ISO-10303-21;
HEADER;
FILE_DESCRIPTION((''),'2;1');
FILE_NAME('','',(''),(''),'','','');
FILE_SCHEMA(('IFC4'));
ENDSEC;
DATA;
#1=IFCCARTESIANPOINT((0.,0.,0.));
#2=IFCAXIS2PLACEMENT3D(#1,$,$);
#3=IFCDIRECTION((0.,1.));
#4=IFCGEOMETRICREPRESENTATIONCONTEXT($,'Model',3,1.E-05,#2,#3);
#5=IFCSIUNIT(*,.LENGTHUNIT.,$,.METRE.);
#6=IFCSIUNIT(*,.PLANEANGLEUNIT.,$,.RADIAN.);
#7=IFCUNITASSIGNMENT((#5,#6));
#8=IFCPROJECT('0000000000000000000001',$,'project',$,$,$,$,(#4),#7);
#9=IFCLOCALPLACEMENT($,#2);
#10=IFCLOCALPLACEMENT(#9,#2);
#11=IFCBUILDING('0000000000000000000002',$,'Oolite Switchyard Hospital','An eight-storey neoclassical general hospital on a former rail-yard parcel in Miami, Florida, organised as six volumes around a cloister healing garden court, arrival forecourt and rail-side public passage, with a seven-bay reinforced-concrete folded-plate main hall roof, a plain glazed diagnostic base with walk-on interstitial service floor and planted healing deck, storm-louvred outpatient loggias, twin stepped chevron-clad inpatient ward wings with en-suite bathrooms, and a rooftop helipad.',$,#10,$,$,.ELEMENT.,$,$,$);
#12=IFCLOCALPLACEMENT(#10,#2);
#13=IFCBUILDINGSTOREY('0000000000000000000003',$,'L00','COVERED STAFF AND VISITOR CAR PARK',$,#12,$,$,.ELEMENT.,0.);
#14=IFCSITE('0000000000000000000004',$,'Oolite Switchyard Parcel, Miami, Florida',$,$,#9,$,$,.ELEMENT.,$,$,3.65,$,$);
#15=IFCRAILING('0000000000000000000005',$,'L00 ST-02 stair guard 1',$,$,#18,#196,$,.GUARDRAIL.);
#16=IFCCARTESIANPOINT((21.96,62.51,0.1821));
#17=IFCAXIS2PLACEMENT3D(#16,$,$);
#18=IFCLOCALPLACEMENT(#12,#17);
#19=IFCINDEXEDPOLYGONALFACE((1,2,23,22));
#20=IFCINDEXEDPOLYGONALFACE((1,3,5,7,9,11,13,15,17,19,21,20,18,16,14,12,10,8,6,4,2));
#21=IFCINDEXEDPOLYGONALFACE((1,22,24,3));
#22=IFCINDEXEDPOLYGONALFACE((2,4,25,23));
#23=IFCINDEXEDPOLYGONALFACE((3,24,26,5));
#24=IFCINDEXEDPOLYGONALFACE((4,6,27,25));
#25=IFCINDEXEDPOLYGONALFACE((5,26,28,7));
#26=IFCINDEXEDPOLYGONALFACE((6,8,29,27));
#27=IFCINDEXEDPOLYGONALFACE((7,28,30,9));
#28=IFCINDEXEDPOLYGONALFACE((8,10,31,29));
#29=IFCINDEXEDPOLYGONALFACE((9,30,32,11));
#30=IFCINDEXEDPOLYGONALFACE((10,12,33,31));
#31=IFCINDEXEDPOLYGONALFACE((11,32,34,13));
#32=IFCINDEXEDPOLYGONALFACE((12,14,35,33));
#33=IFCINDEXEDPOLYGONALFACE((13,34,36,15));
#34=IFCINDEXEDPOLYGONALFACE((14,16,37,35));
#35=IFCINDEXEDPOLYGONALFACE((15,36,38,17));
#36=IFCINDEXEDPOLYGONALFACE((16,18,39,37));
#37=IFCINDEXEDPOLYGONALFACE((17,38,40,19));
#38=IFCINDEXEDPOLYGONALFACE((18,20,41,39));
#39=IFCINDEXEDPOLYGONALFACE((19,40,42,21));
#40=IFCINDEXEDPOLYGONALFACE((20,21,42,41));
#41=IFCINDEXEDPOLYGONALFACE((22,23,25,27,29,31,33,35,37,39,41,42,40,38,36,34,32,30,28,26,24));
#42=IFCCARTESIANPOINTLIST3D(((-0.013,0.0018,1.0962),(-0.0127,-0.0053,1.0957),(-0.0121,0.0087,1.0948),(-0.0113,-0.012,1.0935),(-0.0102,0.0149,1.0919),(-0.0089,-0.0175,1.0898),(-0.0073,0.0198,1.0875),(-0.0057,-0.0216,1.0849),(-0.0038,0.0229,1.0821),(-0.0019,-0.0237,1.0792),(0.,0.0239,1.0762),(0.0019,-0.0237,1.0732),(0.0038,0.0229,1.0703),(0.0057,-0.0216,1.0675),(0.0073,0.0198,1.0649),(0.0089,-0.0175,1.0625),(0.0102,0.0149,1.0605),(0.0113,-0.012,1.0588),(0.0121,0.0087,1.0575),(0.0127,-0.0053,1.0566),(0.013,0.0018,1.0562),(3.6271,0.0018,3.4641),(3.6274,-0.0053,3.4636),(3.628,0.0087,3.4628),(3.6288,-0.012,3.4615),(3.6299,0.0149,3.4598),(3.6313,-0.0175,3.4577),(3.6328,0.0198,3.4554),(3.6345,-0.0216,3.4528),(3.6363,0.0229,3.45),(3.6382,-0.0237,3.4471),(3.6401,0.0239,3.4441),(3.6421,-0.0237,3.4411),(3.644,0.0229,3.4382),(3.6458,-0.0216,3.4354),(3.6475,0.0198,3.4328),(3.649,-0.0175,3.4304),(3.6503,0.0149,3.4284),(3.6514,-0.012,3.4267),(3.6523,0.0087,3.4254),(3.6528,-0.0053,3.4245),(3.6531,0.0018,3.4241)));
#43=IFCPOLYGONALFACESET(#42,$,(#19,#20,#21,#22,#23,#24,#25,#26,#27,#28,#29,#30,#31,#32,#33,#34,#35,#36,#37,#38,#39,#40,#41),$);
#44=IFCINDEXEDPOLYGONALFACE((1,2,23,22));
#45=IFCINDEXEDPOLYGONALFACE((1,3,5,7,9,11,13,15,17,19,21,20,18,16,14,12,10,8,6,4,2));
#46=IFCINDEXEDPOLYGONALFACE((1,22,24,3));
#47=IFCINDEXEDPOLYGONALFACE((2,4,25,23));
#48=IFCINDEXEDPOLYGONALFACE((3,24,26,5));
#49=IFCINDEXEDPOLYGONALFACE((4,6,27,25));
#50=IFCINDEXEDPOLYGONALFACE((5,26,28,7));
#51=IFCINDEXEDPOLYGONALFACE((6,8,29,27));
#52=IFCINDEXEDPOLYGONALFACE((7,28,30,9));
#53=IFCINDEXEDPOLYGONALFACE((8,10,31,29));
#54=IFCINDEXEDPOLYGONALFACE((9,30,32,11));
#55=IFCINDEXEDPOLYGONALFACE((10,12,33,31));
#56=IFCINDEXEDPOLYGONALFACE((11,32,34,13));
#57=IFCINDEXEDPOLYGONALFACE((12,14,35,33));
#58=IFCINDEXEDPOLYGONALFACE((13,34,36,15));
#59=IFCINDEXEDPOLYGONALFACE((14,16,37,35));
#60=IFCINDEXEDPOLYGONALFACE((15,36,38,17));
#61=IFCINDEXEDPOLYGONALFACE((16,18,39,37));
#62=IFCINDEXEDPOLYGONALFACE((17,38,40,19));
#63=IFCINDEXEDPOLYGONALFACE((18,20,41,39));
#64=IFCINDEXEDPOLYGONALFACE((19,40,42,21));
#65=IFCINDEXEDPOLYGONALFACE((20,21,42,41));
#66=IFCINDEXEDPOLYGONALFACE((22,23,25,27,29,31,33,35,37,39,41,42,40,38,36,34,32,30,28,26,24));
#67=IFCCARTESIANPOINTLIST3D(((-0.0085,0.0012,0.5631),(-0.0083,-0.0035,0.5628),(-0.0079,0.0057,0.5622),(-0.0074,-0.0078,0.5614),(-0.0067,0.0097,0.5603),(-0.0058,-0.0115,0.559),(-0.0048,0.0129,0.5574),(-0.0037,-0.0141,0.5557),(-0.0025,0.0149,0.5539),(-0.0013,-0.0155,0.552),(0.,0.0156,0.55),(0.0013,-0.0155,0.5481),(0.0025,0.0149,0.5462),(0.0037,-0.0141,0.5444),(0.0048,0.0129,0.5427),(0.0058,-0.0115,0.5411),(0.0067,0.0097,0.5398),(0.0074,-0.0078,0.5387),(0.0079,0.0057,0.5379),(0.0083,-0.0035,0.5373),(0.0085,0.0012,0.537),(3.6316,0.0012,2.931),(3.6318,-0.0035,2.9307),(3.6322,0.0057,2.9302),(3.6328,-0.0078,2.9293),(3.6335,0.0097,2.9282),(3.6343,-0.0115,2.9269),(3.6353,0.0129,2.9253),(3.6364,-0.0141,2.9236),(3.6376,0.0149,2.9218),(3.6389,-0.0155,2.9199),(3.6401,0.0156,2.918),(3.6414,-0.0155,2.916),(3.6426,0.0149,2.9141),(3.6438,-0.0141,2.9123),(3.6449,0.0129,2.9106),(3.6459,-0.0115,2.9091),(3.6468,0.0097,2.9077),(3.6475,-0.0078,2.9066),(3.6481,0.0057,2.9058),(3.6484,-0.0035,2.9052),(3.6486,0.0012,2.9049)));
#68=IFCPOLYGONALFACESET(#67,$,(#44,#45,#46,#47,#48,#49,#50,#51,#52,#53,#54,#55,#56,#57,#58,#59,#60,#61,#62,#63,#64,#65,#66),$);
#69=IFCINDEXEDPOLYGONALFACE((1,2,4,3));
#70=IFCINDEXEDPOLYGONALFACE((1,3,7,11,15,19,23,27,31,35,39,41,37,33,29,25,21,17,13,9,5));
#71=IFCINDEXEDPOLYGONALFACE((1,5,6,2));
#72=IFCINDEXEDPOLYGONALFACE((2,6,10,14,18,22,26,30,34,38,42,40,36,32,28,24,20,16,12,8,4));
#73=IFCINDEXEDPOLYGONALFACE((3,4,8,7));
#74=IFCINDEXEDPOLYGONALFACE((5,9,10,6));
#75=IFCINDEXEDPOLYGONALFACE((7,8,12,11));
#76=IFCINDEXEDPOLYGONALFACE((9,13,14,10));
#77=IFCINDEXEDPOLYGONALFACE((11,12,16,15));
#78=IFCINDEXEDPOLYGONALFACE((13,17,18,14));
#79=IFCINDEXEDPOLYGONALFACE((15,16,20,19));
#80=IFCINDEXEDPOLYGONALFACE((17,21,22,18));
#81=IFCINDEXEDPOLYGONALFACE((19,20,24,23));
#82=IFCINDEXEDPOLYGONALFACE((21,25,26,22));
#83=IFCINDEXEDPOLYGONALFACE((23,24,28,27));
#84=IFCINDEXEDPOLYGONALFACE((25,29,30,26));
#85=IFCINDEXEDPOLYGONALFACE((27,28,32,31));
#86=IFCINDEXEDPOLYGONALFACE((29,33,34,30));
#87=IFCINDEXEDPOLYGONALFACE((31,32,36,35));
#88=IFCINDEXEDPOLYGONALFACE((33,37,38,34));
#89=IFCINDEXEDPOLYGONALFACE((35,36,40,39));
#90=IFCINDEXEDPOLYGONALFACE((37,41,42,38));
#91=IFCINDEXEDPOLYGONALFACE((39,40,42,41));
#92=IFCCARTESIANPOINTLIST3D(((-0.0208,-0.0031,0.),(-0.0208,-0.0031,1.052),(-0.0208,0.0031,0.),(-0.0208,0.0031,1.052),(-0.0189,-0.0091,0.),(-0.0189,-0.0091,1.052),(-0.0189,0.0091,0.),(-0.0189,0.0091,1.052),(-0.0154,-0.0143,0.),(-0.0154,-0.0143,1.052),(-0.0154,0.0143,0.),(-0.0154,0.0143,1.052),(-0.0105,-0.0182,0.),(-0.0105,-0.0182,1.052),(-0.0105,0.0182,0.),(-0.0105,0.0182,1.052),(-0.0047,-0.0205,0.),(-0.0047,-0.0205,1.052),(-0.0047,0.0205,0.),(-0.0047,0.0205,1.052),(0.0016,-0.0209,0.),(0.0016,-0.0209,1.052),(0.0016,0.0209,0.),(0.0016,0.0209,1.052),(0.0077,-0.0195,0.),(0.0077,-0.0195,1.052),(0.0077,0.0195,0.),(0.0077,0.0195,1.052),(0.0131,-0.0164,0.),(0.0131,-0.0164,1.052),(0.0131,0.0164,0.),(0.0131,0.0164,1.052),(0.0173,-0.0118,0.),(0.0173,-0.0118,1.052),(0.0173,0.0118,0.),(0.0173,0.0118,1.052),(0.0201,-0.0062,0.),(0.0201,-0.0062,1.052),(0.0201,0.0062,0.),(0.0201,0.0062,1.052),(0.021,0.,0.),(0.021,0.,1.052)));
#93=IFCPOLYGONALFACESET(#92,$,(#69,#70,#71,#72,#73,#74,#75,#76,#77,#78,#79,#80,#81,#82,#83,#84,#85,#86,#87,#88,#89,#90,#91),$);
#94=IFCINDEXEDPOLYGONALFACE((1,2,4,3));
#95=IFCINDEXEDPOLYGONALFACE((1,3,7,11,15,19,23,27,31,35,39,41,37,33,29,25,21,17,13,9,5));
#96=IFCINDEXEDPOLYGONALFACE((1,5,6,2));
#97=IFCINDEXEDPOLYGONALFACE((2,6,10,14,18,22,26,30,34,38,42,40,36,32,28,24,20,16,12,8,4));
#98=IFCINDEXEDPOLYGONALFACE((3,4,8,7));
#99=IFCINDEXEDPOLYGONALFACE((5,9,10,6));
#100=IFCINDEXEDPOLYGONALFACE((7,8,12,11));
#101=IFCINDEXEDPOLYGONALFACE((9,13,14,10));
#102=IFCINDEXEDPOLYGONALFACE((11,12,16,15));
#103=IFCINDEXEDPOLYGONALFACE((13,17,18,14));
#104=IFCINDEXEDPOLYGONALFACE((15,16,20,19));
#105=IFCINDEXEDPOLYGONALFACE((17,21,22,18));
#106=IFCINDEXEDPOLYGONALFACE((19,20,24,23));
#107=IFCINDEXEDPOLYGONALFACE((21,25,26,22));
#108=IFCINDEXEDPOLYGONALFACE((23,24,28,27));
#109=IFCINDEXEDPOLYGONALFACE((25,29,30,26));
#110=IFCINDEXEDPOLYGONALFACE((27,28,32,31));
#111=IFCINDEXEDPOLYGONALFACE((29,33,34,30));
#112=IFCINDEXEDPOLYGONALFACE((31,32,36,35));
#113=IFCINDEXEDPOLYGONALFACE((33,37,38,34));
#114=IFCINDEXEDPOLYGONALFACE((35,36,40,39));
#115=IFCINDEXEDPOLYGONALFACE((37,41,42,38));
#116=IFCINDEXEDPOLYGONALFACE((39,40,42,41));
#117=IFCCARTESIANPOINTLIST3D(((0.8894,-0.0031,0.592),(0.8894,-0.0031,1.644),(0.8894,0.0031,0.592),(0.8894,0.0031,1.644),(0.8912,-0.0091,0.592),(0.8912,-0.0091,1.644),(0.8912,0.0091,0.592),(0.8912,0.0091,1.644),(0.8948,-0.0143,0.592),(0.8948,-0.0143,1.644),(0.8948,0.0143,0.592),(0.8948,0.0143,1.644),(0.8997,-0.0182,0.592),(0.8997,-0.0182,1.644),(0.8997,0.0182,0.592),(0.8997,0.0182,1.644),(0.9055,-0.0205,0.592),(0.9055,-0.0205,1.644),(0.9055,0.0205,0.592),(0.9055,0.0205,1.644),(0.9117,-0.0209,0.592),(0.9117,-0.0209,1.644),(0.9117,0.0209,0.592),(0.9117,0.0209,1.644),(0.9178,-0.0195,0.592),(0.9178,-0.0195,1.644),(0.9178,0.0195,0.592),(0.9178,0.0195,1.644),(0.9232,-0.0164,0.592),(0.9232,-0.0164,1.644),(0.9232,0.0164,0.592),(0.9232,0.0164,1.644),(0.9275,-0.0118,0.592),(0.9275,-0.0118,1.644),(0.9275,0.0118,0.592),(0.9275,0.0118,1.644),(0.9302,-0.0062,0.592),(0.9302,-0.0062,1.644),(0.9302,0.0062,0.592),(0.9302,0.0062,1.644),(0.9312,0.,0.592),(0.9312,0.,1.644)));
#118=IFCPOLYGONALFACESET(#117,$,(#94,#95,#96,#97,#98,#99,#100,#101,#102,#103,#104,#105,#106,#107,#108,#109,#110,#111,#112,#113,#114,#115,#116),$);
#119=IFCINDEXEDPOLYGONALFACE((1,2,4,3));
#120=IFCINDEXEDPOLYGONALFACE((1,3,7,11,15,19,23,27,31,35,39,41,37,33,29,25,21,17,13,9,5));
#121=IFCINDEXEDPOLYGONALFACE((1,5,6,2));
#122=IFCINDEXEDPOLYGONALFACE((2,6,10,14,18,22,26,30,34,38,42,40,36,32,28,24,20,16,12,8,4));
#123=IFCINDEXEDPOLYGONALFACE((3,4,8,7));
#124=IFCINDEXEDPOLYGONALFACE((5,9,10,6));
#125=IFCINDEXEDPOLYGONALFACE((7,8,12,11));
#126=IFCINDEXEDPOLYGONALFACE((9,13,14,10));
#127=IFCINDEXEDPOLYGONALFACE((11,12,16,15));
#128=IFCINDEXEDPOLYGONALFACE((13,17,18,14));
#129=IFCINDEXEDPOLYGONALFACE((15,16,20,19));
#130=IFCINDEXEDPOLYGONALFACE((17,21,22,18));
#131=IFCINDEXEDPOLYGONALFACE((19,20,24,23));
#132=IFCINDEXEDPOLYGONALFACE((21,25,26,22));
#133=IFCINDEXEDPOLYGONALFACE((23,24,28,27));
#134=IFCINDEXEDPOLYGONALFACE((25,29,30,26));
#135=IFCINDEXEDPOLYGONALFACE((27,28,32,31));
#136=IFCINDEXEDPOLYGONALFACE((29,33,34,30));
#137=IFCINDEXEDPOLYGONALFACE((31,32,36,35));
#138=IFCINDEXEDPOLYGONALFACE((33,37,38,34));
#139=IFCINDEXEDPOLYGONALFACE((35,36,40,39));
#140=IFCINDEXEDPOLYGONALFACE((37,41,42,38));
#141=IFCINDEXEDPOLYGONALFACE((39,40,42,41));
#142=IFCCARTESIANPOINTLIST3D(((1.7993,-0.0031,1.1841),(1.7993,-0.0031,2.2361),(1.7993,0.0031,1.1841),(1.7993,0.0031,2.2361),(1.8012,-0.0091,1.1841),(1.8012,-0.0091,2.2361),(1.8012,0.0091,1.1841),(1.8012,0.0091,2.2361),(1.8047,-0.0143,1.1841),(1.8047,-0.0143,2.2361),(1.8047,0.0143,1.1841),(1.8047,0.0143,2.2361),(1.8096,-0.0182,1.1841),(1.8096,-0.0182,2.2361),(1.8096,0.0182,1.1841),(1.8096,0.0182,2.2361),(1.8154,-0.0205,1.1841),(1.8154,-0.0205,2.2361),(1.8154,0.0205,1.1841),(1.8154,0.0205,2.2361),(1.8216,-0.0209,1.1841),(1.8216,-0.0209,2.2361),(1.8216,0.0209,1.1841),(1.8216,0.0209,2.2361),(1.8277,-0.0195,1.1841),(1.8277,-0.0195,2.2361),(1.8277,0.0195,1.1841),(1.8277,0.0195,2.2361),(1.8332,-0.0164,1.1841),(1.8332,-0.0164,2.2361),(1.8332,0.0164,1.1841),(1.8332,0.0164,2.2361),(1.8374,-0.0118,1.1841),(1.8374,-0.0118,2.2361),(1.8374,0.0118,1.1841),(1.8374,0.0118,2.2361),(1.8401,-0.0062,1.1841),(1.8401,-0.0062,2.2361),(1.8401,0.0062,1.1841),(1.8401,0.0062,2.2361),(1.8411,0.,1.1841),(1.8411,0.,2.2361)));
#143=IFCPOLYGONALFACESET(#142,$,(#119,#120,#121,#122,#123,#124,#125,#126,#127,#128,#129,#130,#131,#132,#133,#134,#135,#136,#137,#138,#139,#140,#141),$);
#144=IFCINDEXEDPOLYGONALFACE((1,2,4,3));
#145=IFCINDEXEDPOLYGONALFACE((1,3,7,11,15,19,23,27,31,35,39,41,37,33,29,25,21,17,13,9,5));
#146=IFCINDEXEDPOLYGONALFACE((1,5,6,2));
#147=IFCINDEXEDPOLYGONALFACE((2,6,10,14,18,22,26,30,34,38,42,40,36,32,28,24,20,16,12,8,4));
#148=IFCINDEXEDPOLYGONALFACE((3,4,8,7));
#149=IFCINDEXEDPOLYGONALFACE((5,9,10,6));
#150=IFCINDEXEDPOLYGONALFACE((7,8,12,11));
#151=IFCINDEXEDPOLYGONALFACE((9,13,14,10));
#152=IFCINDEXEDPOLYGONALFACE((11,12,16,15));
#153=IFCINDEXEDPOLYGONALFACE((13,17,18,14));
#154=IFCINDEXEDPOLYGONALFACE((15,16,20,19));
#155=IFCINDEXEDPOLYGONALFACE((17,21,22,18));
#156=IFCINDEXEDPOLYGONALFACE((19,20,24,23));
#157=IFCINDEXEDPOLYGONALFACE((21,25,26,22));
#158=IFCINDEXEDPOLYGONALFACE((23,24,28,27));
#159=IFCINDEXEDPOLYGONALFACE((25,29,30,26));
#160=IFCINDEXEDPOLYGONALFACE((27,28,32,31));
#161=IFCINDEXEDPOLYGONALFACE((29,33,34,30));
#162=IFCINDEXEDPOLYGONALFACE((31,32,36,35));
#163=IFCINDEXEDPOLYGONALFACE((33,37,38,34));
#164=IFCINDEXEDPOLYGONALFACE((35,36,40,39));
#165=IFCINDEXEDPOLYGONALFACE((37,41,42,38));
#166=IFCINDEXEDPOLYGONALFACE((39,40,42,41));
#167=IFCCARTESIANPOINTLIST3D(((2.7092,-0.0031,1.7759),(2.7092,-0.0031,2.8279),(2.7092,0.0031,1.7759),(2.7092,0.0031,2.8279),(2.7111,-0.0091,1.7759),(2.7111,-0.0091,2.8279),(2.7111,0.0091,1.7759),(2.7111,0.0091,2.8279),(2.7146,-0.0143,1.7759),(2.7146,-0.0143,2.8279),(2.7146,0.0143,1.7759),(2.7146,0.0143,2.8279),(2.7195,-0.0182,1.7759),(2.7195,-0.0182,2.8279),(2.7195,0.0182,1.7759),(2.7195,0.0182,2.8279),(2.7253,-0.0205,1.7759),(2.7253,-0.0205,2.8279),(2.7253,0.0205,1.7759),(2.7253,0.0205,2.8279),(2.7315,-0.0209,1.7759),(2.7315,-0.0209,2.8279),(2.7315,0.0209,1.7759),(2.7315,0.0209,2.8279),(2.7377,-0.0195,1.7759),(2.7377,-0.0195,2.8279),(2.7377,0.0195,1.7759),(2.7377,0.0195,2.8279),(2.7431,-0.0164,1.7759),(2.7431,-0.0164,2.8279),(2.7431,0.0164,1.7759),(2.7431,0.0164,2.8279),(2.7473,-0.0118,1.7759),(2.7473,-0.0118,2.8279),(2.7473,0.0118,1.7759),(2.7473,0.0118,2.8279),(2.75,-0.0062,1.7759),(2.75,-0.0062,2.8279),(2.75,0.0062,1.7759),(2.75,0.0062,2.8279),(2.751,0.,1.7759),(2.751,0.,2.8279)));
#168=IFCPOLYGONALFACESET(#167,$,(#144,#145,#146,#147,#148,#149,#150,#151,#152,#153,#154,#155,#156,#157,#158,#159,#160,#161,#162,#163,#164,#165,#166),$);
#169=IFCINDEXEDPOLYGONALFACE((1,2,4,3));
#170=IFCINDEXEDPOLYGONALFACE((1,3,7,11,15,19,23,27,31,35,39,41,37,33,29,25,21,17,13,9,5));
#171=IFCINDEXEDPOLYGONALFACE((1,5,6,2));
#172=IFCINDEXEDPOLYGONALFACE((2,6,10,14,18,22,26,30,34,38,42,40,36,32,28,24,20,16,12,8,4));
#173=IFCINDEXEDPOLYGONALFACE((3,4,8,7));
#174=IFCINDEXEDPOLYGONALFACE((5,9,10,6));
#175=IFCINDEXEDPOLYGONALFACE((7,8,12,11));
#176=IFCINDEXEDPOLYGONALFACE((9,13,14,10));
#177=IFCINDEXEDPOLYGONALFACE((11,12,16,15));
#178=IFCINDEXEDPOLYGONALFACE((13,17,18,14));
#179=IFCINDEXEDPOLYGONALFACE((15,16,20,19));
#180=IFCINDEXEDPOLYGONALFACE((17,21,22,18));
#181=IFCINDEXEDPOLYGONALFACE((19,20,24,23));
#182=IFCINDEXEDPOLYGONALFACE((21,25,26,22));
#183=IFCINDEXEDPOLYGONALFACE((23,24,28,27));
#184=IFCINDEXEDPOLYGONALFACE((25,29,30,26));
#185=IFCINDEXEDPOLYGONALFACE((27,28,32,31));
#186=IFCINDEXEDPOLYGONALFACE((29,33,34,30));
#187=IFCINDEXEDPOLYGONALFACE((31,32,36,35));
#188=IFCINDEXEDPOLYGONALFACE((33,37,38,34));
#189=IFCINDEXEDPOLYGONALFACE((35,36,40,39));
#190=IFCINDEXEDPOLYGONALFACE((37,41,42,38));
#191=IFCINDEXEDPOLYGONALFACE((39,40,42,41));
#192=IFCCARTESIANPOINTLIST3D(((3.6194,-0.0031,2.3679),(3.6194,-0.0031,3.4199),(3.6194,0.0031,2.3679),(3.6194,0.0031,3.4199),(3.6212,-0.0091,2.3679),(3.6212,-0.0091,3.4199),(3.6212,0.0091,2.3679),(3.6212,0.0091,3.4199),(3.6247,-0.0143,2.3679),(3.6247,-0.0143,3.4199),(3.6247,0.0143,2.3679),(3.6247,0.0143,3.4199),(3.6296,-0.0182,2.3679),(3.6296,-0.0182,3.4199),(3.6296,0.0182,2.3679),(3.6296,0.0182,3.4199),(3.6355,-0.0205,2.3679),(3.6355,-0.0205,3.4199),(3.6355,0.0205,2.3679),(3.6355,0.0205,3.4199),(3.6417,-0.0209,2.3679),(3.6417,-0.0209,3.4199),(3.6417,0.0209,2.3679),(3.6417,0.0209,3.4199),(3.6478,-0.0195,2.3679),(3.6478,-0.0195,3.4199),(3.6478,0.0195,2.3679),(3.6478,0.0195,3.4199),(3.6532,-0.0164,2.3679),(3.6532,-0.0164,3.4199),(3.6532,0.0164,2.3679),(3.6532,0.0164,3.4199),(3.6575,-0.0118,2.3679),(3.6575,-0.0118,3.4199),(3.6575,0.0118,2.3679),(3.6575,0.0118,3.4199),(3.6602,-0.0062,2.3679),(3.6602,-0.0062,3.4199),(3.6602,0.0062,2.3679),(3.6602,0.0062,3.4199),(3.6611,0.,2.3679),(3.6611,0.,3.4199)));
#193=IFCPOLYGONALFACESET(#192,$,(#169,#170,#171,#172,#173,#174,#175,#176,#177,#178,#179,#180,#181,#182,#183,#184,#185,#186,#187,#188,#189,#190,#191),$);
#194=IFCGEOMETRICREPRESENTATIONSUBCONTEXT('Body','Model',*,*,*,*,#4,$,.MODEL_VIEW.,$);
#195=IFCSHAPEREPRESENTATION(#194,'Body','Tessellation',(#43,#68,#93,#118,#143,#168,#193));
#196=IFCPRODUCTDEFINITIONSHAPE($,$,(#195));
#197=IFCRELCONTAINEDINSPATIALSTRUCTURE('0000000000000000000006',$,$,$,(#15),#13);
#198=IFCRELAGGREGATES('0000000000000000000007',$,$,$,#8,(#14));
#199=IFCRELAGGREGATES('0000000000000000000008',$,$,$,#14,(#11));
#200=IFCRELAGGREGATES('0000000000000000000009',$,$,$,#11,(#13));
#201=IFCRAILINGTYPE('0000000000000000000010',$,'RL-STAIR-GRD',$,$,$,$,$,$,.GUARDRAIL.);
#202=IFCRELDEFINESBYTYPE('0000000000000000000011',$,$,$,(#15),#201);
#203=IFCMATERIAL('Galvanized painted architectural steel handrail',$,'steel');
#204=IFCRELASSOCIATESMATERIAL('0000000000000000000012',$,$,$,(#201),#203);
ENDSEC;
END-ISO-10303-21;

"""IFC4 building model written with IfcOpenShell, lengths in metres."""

from ifc_helpers import new_model, si_unit, direction, frame, origin, origin_2d, place, context, subcontext, project, spatial, circle, extrude, material, type_object, element, save


model = new_model("IFC4")

# Units and contexts
model_context = context("Model", 3, precision=1e-05, world=origin(), true_north=direction((0.0, 1.0)))
body_context = subcontext(model_context, "Body", "Model", "MODEL_VIEW")
ifc_project = project(units=[si_unit("LENGTHUNIT", "METRE"), si_unit("PLANEANGLEUNIT", "RADIAN")], contexts=[model_context])

# Site, building, storey
site_placement = place(None, origin())
site = spatial("IfcSite", under=ifc_project, at=site_placement, Name="Oolite Switchyard Parcel, Miami, Florida", CompositionType="ELEMENT", RefElevation=3.65)
building_placement = place(site_placement, origin())
building = spatial("IfcBuilding", under=site, at=building_placement, Name="Oolite Switchyard Hospital", Description="An eight-storey neoclassical general hospital on a former rail-yard parcel in Miami, Florida, organised as six volumes around a cloister healing garden court, arrival forecourt and rail-side public passage, with a seven-bay reinforced-concrete folded-plate main hall roof, a plain glazed diagnostic base with walk-on interstitial service floor and planted healing deck, storm-louvred outpatient loggias, twin stepped chevron-clad inpatient ward wings with en-suite bathrooms, and a rooftop helipad.", CompositionType="ELEMENT")
storey_placement = place(building_placement, origin())
storey = spatial("IfcBuildingStorey", under=building, at=storey_placement, Name="L00", Description="COVERED STAFF AND VISITOR CAR PARK", CompositionType="ELEMENT", Elevation=0.0)

# Railing
ifc_material_1 = material(Name="Galvanized painted architectural steel handrail", Category="steel")
railing_type_1 = type_object("IfcRailingType", Name="RL-STAIR-GRD", PredefinedType="GUARDRAIL", material=ifc_material_1)
railing_1_placement = place(storey_placement, frame((21.96, 62.51, 0.1821)))
element("IfcRailing", 1, at=railing_1_placement, inside=storey, type_object=railing_type_1, Name="L00 ST-02 stair guard 1", PredefinedType="GUARDRAIL", context=body_context, shape_type="SweptSolid", body=[
    extrude(circle(Radius=0.0239, at=origin_2d()), frame((0.0, 0.0, 1.0762), z_axis=(0.838251, 0.0, 0.545285), x_axis=(0.0, 1.0, 0.0)), (0.0, 0.0, 1.0), 4.3425),
    extrude(circle(Radius=0.0156, at=origin_2d()), frame((0.0, 0.0, 0.55), z_axis=(0.838251, 0.0, 0.545285), x_axis=(0.0, 1.0, 0.0)), (0.0, 0.0, 1.0), 4.3425),
    extrude(circle(Radius=0.021, at=origin_2d()), origin(), (0.0, 0.0, 1.0), 1.052),
    extrude(circle(Radius=0.021, at=origin_2d()), frame((0.9102, 0.0, 0.592)), (0.0, 0.0, 1.0), 1.052),
    extrude(circle(Radius=0.021, at=origin_2d()), frame((1.8201, 0.0, 1.1841)), (0.0, 0.0, 1.0), 1.052),
    extrude(circle(Radius=0.021, at=origin_2d()), frame((2.73, 0.0, 1.7759)), (0.0, 0.0, 1.0), 1.052),
    extrude(circle(Radius=0.021, at=origin_2d()), frame((3.6401, 0.0, 2.3679)), (0.0, 0.0, 1.0), 1.052),
])

save(model, "model.ifc")
